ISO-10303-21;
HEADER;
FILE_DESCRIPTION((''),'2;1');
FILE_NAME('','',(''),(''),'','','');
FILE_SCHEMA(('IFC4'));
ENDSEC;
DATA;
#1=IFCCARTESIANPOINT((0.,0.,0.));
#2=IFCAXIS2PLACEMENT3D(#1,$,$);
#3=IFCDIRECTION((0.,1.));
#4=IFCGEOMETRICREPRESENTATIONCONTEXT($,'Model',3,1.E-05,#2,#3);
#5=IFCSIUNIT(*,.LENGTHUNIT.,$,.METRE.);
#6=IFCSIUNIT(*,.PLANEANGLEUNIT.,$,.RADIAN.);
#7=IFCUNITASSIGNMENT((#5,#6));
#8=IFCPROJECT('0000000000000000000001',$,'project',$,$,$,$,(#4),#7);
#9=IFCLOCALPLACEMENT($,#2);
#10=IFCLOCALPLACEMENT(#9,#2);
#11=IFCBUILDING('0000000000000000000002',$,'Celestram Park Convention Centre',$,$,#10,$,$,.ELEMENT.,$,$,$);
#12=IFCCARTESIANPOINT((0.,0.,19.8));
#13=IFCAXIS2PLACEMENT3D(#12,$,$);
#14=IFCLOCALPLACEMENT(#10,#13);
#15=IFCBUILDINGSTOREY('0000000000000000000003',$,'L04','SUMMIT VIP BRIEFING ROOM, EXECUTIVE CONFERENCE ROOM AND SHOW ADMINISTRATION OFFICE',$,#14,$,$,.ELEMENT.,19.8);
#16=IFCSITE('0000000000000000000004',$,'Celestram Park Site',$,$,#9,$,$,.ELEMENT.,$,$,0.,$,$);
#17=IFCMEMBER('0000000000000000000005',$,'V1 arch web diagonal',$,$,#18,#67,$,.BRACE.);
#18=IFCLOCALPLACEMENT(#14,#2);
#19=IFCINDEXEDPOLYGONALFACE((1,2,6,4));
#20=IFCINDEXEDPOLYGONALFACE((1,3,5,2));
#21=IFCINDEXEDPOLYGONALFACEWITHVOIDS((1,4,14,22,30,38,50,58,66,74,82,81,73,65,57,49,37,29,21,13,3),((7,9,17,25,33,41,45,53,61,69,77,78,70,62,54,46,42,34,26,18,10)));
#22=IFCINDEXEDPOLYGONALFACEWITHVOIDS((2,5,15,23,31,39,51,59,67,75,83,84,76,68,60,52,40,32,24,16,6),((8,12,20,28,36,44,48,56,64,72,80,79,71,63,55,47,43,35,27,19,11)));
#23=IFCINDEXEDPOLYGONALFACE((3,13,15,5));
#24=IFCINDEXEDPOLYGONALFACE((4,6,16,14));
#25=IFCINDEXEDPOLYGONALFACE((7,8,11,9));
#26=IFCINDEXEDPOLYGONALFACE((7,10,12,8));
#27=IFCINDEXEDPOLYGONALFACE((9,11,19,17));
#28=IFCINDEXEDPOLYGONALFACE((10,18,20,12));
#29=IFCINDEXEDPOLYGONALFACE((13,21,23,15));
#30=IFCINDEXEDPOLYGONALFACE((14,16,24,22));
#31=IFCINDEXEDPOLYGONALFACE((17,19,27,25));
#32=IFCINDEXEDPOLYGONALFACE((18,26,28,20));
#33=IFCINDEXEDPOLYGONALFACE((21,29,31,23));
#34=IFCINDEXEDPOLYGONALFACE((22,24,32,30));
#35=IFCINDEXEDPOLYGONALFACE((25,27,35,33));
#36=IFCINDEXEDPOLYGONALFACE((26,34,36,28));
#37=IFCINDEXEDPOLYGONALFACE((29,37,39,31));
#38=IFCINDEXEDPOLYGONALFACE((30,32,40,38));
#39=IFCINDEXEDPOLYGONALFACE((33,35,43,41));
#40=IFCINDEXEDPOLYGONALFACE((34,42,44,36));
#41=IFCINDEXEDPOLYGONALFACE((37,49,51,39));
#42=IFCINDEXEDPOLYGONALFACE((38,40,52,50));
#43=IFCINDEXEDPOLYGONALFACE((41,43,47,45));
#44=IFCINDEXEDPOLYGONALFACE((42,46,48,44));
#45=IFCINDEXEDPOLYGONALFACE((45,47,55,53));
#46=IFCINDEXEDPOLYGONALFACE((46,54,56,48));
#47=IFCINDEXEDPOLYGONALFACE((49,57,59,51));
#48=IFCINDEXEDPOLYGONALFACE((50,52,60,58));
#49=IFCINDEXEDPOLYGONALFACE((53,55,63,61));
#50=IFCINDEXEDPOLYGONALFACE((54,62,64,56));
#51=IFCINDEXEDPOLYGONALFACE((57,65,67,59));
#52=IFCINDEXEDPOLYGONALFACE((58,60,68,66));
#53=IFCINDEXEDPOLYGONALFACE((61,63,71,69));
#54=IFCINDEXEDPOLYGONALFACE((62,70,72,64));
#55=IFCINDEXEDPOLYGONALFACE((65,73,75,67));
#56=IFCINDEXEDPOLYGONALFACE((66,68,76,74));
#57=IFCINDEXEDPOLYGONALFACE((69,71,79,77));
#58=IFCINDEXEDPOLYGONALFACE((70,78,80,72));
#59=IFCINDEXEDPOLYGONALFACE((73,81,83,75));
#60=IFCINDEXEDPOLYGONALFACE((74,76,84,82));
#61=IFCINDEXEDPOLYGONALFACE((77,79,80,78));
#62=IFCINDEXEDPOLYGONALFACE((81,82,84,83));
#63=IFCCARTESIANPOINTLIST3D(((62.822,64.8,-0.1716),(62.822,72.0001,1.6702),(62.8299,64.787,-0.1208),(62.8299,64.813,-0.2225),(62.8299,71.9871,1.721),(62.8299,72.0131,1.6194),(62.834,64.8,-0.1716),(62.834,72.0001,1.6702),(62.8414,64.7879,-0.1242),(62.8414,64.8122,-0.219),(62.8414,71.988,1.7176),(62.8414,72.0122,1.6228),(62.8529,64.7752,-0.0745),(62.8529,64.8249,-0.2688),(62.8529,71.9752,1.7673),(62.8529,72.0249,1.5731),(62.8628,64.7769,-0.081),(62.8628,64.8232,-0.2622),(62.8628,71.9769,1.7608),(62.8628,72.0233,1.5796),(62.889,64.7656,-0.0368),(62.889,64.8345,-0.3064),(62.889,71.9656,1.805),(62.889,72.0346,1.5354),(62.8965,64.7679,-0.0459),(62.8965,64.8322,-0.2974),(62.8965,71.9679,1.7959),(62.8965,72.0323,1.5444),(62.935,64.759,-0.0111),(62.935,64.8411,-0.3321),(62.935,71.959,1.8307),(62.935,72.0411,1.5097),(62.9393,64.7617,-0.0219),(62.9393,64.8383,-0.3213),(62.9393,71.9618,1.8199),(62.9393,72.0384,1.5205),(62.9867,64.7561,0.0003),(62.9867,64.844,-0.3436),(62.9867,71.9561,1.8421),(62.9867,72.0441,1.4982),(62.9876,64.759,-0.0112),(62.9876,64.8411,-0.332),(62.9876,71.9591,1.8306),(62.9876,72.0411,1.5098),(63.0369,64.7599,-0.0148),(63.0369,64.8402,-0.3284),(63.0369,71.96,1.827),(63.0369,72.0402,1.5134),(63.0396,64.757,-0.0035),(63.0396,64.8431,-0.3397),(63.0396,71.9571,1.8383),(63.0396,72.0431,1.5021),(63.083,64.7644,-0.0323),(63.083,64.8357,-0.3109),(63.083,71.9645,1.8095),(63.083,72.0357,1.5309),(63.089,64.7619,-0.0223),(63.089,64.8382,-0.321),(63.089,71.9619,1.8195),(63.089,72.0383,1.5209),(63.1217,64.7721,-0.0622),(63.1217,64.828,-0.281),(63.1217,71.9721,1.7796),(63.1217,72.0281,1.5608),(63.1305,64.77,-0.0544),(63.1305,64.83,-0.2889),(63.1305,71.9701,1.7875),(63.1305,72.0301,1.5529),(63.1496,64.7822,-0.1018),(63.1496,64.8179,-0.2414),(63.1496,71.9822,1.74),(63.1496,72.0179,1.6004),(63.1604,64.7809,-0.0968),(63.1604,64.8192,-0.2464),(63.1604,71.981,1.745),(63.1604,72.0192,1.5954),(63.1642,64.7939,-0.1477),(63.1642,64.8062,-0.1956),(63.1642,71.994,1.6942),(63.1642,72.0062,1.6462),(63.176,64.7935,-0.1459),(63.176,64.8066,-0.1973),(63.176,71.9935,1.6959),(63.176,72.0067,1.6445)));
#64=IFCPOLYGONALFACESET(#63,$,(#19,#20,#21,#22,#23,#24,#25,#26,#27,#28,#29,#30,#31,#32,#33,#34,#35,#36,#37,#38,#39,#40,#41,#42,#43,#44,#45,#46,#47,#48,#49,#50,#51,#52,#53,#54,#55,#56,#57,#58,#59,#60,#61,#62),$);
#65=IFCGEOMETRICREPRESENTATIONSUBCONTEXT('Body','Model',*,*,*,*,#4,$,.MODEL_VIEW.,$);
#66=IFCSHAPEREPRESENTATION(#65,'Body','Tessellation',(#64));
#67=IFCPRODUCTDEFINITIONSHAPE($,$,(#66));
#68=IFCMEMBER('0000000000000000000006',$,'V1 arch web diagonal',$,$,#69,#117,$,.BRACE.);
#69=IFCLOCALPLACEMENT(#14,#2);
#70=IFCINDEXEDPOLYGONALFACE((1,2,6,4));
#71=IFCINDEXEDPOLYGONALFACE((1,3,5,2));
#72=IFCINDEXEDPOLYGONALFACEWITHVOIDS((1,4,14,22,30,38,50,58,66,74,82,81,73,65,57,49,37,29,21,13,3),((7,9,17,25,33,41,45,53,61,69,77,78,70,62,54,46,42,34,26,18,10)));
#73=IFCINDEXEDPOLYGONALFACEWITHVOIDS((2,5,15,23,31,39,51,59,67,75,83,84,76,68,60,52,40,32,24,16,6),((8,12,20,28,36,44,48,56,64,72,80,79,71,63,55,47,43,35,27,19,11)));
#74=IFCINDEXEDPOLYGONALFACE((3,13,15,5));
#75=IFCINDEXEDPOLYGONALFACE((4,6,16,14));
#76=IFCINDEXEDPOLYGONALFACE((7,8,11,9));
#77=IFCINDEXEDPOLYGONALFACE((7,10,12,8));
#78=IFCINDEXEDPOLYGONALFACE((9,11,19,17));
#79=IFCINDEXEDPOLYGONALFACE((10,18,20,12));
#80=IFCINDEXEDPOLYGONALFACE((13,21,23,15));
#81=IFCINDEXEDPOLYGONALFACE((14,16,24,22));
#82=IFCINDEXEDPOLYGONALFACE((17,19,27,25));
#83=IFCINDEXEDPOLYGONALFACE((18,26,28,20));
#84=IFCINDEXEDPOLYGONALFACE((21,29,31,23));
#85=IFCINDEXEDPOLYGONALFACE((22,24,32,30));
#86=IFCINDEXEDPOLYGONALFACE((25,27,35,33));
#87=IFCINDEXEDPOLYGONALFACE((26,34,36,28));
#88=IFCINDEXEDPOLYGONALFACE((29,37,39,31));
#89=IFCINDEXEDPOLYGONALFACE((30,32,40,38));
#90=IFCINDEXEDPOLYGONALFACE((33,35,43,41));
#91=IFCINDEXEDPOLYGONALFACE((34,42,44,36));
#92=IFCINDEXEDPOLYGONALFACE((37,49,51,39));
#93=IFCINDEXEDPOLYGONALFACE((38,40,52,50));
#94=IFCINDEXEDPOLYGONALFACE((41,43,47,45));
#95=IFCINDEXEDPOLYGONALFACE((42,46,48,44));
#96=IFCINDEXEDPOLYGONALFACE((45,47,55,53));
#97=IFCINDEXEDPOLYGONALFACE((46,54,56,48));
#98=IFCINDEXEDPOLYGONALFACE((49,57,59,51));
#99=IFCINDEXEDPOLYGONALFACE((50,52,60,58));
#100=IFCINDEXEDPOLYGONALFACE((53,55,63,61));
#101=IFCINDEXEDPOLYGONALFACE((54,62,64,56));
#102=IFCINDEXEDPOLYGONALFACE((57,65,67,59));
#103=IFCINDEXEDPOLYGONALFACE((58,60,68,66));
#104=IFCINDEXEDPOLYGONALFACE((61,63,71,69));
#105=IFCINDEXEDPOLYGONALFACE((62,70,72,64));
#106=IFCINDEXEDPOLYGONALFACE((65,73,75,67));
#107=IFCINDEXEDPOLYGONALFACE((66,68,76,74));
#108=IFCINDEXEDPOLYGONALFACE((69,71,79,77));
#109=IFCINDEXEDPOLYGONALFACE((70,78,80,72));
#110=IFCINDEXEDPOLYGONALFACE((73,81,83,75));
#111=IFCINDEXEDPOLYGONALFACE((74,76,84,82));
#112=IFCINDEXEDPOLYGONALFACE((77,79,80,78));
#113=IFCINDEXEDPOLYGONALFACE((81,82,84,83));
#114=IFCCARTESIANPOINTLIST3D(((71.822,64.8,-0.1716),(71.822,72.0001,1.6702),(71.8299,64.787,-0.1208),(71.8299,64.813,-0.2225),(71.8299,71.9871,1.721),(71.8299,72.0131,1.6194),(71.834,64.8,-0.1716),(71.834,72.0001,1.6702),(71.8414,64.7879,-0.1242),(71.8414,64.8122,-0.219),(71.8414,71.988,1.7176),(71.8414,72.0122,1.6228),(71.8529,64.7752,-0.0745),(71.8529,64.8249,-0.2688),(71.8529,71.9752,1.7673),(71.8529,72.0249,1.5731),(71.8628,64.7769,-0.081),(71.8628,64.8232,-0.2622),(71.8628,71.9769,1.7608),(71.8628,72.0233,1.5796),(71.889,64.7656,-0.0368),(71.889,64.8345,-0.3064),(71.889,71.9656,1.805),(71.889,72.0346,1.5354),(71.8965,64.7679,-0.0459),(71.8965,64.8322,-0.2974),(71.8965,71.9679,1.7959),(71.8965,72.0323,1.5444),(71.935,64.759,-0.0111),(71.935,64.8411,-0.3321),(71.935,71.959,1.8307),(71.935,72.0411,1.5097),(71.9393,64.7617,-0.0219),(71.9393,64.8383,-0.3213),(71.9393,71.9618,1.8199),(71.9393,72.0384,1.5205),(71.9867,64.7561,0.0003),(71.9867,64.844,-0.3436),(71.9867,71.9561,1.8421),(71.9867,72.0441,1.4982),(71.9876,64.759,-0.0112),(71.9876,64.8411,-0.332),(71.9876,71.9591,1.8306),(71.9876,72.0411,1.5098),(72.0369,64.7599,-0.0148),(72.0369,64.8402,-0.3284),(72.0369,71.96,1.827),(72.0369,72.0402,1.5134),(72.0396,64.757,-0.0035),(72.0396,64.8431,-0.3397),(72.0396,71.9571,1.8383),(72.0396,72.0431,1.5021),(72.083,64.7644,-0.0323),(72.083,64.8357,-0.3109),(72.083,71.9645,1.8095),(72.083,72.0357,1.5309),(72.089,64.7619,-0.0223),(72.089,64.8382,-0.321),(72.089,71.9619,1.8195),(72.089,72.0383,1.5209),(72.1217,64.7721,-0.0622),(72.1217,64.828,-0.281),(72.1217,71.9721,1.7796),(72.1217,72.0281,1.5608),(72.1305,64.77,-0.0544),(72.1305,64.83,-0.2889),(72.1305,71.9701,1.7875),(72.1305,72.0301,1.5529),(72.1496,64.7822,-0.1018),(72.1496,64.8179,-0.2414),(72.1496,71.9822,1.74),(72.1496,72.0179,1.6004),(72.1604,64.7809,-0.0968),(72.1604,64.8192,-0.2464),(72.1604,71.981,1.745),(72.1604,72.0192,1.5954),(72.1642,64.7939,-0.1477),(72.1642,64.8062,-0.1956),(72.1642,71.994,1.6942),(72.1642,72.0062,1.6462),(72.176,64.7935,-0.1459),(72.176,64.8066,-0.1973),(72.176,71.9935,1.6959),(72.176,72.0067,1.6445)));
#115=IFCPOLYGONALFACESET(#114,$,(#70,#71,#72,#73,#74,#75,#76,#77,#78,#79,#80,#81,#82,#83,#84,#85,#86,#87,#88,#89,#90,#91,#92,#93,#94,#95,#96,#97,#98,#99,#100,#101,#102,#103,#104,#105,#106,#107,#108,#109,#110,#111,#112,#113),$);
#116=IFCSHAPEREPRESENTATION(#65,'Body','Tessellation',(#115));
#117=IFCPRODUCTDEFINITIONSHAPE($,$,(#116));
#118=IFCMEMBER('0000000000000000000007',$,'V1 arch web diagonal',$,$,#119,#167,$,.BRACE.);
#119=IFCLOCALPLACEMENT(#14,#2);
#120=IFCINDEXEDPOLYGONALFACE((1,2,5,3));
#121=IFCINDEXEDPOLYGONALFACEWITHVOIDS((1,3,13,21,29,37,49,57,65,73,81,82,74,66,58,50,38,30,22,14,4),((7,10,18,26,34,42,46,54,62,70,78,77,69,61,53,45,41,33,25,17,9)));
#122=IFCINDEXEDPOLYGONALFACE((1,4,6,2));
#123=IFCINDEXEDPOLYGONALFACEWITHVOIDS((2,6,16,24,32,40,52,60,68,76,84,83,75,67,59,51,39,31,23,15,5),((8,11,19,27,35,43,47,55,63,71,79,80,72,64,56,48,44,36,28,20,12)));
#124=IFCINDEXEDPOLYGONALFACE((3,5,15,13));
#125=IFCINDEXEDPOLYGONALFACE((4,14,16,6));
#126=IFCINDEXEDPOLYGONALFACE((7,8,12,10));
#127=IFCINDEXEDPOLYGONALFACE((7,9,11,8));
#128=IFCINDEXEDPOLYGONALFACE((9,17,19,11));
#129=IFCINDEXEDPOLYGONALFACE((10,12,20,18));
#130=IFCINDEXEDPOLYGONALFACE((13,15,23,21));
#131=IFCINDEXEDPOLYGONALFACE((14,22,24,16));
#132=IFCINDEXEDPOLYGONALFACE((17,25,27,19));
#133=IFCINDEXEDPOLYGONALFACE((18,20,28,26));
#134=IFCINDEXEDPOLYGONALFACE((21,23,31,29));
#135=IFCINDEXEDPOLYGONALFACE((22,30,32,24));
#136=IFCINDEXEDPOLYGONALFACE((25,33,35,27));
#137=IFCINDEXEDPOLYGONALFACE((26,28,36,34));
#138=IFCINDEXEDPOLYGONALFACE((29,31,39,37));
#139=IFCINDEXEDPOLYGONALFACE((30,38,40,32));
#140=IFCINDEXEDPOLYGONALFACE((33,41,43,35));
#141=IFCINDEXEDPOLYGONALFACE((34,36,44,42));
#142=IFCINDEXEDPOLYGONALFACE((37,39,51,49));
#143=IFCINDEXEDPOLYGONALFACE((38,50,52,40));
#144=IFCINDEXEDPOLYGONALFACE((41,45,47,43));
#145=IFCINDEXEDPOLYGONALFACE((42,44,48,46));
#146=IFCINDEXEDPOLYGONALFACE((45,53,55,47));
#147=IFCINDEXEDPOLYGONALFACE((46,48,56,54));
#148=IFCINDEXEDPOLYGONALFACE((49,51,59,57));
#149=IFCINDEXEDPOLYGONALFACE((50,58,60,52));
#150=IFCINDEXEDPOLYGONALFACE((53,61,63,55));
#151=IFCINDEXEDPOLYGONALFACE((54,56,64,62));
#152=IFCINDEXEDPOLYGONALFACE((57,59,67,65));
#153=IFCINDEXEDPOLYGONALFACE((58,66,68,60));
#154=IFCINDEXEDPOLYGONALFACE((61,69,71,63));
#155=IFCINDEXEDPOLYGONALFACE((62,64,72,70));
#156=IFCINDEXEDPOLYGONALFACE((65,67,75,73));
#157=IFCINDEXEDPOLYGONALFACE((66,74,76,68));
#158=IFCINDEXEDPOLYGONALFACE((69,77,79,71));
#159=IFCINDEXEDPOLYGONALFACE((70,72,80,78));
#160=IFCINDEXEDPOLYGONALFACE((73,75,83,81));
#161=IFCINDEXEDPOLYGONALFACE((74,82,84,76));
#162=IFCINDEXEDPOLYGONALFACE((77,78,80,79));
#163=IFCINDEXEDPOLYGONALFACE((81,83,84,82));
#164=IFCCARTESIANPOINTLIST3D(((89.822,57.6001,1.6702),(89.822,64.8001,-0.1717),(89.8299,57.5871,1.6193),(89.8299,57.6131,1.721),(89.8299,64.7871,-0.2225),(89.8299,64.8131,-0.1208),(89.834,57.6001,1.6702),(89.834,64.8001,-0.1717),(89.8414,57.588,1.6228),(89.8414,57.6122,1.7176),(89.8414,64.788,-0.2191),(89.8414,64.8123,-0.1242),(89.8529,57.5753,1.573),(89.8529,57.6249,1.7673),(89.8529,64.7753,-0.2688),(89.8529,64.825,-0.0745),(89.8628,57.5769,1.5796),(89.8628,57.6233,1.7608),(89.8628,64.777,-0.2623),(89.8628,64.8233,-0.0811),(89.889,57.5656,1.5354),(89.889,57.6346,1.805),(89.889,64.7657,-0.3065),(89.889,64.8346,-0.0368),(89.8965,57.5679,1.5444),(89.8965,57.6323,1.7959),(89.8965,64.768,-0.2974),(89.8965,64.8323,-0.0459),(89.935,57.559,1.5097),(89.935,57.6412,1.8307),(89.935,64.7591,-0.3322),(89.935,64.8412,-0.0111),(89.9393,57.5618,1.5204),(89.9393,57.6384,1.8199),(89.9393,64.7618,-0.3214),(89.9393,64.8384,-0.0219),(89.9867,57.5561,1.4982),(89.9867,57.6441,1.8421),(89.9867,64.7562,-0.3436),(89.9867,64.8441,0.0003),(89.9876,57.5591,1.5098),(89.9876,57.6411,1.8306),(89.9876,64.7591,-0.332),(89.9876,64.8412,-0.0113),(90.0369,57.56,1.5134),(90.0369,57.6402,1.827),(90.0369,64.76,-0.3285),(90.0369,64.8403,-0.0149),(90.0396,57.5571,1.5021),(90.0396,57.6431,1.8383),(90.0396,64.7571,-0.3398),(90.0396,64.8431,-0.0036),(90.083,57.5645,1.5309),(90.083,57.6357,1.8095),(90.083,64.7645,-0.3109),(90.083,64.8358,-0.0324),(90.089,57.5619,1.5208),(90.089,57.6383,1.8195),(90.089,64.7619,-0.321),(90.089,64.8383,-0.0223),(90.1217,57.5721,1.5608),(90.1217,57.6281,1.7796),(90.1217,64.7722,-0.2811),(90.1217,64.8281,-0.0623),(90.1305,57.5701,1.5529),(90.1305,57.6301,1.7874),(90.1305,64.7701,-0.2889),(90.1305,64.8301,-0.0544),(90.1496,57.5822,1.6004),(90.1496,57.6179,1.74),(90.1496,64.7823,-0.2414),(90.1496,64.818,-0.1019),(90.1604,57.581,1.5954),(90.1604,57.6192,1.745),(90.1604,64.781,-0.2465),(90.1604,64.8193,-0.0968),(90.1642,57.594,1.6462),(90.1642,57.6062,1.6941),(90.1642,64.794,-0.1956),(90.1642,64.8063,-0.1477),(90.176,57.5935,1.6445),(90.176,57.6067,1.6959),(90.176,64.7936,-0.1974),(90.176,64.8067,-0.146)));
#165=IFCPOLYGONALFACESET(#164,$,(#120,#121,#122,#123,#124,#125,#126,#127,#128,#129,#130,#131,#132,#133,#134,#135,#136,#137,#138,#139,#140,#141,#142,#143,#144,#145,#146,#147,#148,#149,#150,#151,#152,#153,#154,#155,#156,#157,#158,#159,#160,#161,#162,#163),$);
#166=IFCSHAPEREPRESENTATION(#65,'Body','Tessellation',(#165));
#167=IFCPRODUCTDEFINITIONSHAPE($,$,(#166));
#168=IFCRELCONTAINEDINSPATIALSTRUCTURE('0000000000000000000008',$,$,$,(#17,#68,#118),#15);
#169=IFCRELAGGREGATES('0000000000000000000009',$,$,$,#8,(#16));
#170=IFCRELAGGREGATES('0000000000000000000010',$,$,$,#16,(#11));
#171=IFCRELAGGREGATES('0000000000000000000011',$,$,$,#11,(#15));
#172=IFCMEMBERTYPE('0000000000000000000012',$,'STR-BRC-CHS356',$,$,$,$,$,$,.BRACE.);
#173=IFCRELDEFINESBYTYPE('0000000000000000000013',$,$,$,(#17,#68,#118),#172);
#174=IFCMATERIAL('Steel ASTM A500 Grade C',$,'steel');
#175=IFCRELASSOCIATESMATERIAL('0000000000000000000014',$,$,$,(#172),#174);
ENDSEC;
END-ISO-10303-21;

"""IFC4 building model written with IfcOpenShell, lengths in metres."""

from ifc_helpers import new_model, si_unit, direction, frame, origin, origin_2d, place, context, subcontext, project, spatial, hollow_circle, extrude, material, material_profile, profile_set, type_object, element, save


model = new_model("IFC4")

# Units and contexts
model_context = context("Model", 3, precision=1e-05, world=origin(), true_north=direction((0.0, 1.0)))
body_context = subcontext(model_context, "Body", "Model", "MODEL_VIEW")
ifc_project = project(units=[si_unit("LENGTHUNIT", "METRE"), si_unit("PLANEANGLEUNIT", "RADIAN")], contexts=[model_context])

# Site, building, storey
site_placement = place(None, origin())
site = spatial("IfcSite", under=ifc_project, at=site_placement, Name="Celestram Park Site", CompositionType="ELEMENT", RefElevation=0.0)
building_placement = place(site_placement, origin())
building = spatial("IfcBuilding", under=site, at=building_placement, Name="Celestram Park Convention Centre", CompositionType="ELEMENT")
storey_placement = place(building_placement, frame((0.0, 0.0, 19.8)))
storey = spatial("IfcBuildingStorey", under=building, at=storey_placement, Name="L04", Description="SUMMIT VIP BRIEFING ROOM, EXECUTIVE CONFERENCE ROOM AND SHOW ADMINISTRATION OFFICE", CompositionType="ELEMENT", Elevation=19.8)

# Members
ifc_material_1 = material(Name="Steel ASTM A500 Grade C", Category="steel")
ifc_material_profile_1 = material_profile(ifc_material_1, hollow_circle(Radius=0.178, WallThickness=0.012, at=origin_2d()), Name="CHS356X12")
ifc_profile_set_1 = profile_set([ifc_material_profile_1], Name="Steel ASTM A500 Grade C")
member_type_1 = type_object("IfcMemberType", Name="STR-BRC-CHS356", PredefinedType="BRACE", material=ifc_profile_set_1)
for number, where, z_axis, x_axis, name in (
    (1, (63.0, 64.8, -0.1716), (0.0, 0.968804, 0.247827), (-1.0, 0.0, 0.0), "V1 arch web diagonal"),
    (2, (72.0, 64.8, -0.1716), (0.0, 0.968804, 0.247827), (-1.0, 0.0, 0.0), "V1 arch web diagonal"),
    (3, (90.0, 57.6001, 1.6702), (0.0, 0.968804, -0.247827), (-1.0, 0.0, 0.0), "V1 arch web diagonal"),
):
    element("IfcMember", number, at=place(storey_placement, frame(where, z_axis=z_axis, x_axis=x_axis)), inside=storey, type_object=member_type_1, Name=name, PredefinedType="BRACE", context=body_context, shape_type="SweptSolid", body=[
        extrude(hollow_circle(Radius=0.178, WallThickness=0.012, at=origin_2d()), origin(), (0.0, 0.0, 1.0), 7.4319),
    ])

save(model, "model.ifc")
